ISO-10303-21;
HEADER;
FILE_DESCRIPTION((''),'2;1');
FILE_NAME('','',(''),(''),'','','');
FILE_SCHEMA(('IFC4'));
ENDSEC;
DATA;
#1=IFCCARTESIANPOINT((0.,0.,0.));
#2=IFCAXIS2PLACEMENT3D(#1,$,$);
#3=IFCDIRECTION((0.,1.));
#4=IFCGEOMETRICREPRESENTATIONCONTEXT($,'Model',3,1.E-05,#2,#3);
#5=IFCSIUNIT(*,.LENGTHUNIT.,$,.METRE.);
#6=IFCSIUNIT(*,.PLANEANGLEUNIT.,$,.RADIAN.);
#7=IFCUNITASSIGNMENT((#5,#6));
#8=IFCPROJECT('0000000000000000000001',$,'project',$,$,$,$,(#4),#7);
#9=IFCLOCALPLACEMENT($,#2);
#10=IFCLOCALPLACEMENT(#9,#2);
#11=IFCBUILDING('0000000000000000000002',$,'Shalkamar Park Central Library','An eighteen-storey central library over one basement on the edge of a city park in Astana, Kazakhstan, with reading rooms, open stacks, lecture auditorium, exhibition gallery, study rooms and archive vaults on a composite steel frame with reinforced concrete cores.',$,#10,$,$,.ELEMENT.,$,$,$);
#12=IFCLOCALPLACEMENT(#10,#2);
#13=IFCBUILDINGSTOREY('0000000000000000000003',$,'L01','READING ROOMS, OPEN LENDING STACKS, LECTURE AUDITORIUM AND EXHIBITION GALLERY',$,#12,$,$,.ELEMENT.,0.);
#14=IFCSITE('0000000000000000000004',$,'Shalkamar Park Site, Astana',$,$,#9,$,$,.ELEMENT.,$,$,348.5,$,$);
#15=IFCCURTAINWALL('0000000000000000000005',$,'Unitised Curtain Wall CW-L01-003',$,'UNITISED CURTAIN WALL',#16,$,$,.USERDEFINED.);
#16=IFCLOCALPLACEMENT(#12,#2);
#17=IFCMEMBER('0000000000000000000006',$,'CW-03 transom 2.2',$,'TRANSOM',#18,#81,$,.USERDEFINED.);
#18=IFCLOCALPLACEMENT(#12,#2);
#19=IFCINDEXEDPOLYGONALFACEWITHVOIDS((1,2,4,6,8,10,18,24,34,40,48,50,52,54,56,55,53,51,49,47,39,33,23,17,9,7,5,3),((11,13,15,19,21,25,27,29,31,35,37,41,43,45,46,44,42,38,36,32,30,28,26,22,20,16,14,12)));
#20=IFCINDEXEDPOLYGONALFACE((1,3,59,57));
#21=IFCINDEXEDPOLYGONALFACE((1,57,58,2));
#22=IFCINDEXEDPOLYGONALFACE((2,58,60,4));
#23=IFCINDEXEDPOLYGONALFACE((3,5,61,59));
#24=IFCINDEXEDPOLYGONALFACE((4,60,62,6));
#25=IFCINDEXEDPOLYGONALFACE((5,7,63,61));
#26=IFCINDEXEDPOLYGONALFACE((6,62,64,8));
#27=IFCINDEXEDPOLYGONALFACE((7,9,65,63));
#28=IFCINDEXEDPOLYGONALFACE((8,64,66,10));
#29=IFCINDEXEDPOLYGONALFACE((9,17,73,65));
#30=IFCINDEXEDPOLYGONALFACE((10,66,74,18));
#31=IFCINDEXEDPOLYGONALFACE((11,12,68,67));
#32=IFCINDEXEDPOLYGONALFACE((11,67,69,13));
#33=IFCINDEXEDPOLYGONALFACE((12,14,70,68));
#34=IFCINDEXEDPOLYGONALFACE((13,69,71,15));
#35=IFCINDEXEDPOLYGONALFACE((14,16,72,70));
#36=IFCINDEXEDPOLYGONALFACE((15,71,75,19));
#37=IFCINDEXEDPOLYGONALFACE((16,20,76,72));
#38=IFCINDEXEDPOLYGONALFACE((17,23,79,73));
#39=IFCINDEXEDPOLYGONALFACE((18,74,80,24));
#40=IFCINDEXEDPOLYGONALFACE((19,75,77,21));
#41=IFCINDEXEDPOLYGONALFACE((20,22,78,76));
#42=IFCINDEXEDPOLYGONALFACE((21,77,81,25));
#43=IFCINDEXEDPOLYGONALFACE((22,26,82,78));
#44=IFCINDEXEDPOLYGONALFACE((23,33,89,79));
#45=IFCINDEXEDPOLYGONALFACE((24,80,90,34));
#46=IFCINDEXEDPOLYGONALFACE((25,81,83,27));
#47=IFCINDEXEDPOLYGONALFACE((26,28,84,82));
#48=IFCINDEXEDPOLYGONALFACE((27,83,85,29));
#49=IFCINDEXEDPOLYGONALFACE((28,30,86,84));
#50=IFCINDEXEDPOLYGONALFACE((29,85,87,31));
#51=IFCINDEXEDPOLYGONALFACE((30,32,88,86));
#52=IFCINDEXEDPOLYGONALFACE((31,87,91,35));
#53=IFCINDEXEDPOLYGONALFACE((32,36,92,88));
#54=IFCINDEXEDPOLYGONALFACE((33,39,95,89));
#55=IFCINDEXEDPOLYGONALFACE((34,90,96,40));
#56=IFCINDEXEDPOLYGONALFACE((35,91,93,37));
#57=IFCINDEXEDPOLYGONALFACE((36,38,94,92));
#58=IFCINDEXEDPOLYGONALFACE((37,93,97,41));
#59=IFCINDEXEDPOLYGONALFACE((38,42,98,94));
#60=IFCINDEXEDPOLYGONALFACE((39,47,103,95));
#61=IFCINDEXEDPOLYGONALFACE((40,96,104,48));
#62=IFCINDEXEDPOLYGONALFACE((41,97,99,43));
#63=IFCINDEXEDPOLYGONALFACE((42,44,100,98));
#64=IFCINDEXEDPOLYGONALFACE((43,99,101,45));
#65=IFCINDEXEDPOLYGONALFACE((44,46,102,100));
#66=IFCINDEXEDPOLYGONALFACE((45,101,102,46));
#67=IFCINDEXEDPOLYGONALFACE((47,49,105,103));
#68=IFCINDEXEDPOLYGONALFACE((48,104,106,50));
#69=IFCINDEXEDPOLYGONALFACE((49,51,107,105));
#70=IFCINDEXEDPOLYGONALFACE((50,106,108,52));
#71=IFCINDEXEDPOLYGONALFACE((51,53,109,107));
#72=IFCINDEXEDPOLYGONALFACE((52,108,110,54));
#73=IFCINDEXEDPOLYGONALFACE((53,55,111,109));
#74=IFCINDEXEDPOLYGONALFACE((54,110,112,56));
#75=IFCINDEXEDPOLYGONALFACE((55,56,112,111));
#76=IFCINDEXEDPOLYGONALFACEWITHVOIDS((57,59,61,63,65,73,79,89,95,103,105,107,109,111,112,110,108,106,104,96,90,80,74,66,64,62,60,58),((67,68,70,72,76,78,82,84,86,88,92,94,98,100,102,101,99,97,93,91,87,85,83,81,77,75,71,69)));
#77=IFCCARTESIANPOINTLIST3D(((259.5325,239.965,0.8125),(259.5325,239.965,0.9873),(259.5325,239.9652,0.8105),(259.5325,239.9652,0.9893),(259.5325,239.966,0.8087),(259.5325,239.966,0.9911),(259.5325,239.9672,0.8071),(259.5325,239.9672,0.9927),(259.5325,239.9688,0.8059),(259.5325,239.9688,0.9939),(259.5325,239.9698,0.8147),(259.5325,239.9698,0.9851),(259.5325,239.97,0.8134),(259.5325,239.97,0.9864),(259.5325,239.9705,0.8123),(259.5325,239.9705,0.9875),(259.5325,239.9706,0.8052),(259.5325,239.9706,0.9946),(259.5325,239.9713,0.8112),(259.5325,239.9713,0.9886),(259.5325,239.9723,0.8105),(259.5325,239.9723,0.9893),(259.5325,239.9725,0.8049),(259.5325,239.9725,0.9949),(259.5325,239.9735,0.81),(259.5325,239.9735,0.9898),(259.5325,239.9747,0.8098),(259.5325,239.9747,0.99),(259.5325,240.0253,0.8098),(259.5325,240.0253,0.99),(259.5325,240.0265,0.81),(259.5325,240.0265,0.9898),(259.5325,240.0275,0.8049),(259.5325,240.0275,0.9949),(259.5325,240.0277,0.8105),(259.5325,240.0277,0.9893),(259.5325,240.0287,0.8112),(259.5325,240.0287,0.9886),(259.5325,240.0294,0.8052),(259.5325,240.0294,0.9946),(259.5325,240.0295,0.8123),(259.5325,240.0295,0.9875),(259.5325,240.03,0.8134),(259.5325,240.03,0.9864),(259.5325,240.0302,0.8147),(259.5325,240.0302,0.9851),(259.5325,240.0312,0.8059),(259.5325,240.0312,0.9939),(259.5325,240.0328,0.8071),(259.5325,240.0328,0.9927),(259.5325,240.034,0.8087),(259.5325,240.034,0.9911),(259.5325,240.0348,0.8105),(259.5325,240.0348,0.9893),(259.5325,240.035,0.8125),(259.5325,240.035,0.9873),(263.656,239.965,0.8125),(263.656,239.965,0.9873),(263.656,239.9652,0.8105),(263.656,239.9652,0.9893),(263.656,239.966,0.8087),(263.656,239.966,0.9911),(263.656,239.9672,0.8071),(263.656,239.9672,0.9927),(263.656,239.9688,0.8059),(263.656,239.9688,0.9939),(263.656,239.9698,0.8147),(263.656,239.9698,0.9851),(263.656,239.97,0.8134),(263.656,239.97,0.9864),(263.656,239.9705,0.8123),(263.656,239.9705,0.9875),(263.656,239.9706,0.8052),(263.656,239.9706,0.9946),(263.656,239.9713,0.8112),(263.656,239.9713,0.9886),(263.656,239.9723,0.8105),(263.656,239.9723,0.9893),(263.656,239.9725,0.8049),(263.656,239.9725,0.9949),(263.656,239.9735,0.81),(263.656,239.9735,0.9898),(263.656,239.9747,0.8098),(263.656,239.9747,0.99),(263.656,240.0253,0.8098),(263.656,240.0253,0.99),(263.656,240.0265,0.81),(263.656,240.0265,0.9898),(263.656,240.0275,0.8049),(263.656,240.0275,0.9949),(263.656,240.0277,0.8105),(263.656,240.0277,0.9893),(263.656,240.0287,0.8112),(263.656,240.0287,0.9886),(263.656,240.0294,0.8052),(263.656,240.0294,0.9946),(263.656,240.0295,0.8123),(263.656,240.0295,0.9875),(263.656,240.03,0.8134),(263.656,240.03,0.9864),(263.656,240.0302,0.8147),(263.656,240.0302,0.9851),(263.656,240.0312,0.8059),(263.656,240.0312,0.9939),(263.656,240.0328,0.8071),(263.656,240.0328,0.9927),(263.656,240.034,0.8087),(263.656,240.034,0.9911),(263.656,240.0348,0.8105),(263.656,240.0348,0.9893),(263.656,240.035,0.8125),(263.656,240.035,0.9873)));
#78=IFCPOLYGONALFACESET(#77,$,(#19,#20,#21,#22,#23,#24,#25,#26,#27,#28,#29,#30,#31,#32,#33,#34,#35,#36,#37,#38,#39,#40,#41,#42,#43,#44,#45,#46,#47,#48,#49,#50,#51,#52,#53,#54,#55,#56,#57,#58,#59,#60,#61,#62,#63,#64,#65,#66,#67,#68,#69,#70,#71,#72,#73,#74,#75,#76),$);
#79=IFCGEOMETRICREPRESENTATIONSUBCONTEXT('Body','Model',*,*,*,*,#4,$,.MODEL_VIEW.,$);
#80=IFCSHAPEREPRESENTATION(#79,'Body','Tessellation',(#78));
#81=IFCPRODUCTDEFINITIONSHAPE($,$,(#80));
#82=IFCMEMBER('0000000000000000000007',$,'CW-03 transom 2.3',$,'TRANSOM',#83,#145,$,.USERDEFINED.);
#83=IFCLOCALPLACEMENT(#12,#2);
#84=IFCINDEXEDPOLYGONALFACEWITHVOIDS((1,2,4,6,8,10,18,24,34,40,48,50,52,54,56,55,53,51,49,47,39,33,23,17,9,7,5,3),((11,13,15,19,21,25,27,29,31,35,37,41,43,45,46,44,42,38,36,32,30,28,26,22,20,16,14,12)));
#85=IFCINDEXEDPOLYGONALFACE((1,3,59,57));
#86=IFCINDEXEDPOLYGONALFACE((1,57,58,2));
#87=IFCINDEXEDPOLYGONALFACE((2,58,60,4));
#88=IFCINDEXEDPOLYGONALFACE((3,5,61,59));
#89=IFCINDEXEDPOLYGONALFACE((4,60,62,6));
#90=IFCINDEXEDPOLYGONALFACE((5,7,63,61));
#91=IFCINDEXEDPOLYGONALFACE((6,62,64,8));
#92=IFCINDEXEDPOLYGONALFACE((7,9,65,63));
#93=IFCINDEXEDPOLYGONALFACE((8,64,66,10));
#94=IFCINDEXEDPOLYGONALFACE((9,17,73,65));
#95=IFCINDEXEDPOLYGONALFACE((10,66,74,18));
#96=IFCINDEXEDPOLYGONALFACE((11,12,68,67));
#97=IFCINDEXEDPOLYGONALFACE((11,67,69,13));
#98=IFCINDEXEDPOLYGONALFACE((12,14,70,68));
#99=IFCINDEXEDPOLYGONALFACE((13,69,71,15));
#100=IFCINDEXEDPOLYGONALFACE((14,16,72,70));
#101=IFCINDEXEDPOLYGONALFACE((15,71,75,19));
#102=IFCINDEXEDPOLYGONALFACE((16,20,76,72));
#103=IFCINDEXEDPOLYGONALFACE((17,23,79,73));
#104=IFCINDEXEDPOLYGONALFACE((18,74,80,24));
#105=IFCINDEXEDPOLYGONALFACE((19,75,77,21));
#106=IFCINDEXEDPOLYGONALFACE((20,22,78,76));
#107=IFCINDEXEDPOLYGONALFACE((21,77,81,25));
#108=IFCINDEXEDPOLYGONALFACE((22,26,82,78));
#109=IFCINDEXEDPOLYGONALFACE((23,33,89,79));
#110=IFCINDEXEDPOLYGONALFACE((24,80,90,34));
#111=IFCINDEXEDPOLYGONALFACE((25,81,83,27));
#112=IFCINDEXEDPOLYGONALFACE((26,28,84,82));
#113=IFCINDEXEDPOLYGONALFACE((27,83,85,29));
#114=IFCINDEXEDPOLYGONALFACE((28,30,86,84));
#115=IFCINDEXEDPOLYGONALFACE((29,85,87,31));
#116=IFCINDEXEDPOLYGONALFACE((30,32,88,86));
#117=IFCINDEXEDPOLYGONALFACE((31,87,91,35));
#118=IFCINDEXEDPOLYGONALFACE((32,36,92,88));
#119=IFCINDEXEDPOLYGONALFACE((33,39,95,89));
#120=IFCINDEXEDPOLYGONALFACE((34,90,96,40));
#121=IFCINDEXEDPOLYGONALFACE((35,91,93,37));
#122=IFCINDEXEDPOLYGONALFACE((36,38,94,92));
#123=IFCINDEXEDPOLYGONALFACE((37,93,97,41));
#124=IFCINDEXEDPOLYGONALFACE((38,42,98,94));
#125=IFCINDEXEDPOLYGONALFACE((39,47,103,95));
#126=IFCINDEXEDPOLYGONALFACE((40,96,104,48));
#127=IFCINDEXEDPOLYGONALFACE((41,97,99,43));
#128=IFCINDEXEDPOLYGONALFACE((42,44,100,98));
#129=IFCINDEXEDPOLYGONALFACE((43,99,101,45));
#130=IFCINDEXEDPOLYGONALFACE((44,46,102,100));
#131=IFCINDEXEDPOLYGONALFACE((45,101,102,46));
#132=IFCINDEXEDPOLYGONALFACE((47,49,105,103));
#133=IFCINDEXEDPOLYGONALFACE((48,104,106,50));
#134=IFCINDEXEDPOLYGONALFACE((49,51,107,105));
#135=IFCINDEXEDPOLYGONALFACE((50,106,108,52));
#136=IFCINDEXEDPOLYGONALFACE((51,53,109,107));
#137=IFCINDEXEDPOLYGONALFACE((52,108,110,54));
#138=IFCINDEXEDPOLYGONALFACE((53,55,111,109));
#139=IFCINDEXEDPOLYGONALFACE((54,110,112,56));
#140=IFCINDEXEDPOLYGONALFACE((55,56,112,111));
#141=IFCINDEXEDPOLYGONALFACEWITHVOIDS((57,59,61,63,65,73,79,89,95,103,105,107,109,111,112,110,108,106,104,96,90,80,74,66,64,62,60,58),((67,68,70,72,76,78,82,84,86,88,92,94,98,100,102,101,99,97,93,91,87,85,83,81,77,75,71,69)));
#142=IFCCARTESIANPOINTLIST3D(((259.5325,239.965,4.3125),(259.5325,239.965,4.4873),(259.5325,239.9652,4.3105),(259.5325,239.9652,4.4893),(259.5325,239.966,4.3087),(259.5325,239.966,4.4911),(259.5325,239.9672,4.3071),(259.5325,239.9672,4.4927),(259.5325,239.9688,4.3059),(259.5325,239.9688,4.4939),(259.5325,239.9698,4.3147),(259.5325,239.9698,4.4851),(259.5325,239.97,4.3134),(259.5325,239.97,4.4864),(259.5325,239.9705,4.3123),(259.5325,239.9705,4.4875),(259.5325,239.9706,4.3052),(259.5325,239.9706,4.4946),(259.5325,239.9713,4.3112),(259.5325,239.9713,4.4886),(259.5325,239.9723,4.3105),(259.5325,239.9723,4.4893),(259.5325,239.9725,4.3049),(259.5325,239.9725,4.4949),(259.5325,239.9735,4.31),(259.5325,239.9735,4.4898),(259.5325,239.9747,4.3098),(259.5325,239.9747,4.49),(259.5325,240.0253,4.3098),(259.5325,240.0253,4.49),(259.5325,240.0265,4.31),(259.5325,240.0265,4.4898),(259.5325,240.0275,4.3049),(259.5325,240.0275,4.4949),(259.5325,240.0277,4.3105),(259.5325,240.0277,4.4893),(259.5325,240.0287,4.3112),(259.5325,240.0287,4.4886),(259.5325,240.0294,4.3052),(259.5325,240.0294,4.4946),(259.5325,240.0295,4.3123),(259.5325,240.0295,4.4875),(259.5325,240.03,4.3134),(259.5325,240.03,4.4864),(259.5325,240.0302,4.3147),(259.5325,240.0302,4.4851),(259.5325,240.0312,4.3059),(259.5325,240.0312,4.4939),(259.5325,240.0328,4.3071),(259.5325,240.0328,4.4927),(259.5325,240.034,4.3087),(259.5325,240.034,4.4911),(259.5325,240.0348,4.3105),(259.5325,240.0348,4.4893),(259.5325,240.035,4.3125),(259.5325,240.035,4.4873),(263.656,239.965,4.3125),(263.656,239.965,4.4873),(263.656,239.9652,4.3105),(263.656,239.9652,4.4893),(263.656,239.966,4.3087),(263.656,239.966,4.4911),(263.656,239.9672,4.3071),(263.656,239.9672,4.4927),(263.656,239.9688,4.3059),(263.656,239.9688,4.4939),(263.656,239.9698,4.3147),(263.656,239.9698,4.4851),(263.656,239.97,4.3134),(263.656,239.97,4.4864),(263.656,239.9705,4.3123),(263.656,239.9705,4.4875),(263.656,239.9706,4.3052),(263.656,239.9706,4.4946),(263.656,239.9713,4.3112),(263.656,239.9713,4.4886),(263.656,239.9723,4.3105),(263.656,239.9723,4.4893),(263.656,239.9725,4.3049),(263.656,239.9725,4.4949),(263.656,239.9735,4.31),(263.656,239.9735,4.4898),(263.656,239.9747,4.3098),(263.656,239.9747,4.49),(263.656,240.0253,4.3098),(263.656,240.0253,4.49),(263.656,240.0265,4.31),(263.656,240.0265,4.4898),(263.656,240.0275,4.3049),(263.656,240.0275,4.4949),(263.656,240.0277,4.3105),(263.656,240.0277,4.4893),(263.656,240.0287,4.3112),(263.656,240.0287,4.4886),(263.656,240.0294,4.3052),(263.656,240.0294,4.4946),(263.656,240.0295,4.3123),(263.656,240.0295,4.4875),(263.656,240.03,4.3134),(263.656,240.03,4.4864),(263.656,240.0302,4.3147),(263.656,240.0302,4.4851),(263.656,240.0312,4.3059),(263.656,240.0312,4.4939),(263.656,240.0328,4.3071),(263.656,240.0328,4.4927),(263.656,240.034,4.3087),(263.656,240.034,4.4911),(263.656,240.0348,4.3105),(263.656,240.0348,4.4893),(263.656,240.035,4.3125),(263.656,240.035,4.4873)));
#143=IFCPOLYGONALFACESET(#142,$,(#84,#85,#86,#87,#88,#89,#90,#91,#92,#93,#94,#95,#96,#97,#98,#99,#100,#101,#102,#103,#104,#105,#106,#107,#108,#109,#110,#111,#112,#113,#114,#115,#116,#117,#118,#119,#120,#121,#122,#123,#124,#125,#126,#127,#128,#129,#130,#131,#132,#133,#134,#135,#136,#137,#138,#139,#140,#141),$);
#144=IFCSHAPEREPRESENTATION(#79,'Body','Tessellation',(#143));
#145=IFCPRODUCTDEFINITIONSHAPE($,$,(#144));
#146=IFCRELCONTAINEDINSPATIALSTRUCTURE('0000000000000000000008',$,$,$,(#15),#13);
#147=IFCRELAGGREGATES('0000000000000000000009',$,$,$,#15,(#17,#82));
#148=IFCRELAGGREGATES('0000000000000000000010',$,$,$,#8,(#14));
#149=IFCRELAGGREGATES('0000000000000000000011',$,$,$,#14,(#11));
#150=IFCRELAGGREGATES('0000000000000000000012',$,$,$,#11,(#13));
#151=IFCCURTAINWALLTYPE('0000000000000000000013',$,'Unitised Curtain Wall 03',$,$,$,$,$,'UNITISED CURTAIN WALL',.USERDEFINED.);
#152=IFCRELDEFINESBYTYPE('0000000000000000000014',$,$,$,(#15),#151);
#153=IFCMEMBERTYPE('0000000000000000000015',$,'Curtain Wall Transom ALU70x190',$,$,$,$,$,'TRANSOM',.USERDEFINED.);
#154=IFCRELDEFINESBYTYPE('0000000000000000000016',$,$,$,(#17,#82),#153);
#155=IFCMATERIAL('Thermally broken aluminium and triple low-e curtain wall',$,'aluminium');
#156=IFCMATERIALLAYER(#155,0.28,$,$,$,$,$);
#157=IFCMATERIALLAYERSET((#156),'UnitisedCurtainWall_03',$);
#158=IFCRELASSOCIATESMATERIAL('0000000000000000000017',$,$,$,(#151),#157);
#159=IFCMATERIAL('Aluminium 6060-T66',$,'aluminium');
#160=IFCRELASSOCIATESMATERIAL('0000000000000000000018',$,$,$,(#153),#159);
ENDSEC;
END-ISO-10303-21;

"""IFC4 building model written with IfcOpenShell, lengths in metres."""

from ifc_helpers import new_model, si_unit, direction, frame, origin, origin_2d, place, context, subcontext, project, spatial, hollow_rectangle, extrude, material, layer, layer_set, material_profile, profile_set, type_object, element, aggregate, save


model = new_model("IFC4")

# Units and contexts
model_context = context("Model", 3, precision=1e-05, world=origin(), true_north=direction((0.0, 1.0)))
body_context = subcontext(model_context, "Body", "Model", "MODEL_VIEW")
ifc_project = project(units=[si_unit("LENGTHUNIT", "METRE"), si_unit("PLANEANGLEUNIT", "RADIAN")], contexts=[model_context])

# Site, building, storey
site_placement = place(None, origin())
site = spatial("IfcSite", under=ifc_project, at=site_placement, Name="Shalkamar Park Site, Astana", CompositionType="ELEMENT", RefElevation=348.5)
building_placement = place(site_placement, origin())
building = spatial("IfcBuilding", under=site, at=building_placement, Name="Shalkamar Park Central Library", Description="An eighteen-storey central library over one basement on the edge of a city park in Astana, Kazakhstan, with reading rooms, open stacks, lecture auditorium, exhibition gallery, study rooms and archive vaults on a composite steel frame with reinforced concrete cores.", CompositionType="ELEMENT")
storey_placement = place(building_placement, origin())
storey = spatial("IfcBuildingStorey", under=building, at=storey_placement, Name="L01", Description="READING ROOMS, OPEN LENDING STACKS, LECTURE AUDITORIUM AND EXHIBITION GALLERY", CompositionType="ELEMENT", Elevation=0.0)

# Curtain wall, members
ifc_material_1 = material(Name="Thermally broken aluminium and triple low-e curtain wall", Category="aluminium")
ifc_layer_1 = layer(ifc_material_1, 0.28)
ifc_layer_set_1 = layer_set([ifc_layer_1], Name="UnitisedCurtainWall_03")
curtain_wall_type = type_object("IfcCurtainWallType", Name="Unitised Curtain Wall 03", ElementType="UNITISED CURTAIN WALL", PredefinedType="USERDEFINED", material=ifc_layer_set_1)
curtain_wall_placement = place(storey_placement, origin())
curtain_wall = element("IfcCurtainWall", 1, at=curtain_wall_placement, inside=storey, type_object=curtain_wall_type, Name="Unitised Curtain Wall CW-L01-003", ObjectType="UNITISED CURTAIN WALL", PredefinedType="USERDEFINED")
ifc_material_2 = material(Name="Aluminium 6060-T66", Category="aluminium")
ifc_material_profile_1 = material_profile(ifc_material_2, hollow_rectangle(XDim=0.0701, YDim=0.1899, WallThickness=0.0049, InnerFilletRadius=0.0049, OuterFilletRadius=0.0076, at=origin_2d()), Name="ALU 70x190x5")
ifc_profile_set_1 = profile_set([ifc_material_profile_1], Name="Aluminium 6060-T66")
member_type_1 = type_object("IfcMemberType", Name="Curtain Wall Transom ALU70x190", ElementType="TRANSOM", PredefinedType="USERDEFINED", material=ifc_profile_set_1)
member_1_placement = place(storey_placement, frame((259.5325, 240.0, 0.8999), z_axis=(1.0, 0.0, 0.0), x_axis=(0.0, 1.0, 0.0)))
member_1 = element("IfcMember", 2, at=member_1_placement, type_object=member_type_1, Name="CW-03 transom 2.2", ObjectType="TRANSOM", PredefinedType="USERDEFINED", context=body_context, shape_type="SweptSolid", body=[
    extrude(hollow_rectangle(XDim=0.0701, YDim=0.1899, WallThickness=0.0049, InnerFilletRadius=0.0049, OuterFilletRadius=0.0076, at=origin_2d()), origin(), (0.0, 0.0, 1.0), 4.1235),
])
member_2_placement = place(storey_placement, frame((259.5325, 240.0, 4.3999), z_axis=(1.0, 0.0, 0.0), x_axis=(0.0, 1.0, 0.0)))
member_2 = element("IfcMember", 3, at=member_2_placement, type_object=member_type_1, Name="CW-03 transom 2.3", ObjectType="TRANSOM", PredefinedType="USERDEFINED", context=body_context, shape_type="SweptSolid", body=[
    extrude(hollow_rectangle(XDim=0.0701, YDim=0.1899, WallThickness=0.0049, InnerFilletRadius=0.0049, OuterFilletRadius=0.0076, at=origin_2d()), origin(), (0.0, 0.0, 1.0), 4.1235),
])

aggregate(curtain_wall, [member_1, member_2])

save(model, "model.ifc")
